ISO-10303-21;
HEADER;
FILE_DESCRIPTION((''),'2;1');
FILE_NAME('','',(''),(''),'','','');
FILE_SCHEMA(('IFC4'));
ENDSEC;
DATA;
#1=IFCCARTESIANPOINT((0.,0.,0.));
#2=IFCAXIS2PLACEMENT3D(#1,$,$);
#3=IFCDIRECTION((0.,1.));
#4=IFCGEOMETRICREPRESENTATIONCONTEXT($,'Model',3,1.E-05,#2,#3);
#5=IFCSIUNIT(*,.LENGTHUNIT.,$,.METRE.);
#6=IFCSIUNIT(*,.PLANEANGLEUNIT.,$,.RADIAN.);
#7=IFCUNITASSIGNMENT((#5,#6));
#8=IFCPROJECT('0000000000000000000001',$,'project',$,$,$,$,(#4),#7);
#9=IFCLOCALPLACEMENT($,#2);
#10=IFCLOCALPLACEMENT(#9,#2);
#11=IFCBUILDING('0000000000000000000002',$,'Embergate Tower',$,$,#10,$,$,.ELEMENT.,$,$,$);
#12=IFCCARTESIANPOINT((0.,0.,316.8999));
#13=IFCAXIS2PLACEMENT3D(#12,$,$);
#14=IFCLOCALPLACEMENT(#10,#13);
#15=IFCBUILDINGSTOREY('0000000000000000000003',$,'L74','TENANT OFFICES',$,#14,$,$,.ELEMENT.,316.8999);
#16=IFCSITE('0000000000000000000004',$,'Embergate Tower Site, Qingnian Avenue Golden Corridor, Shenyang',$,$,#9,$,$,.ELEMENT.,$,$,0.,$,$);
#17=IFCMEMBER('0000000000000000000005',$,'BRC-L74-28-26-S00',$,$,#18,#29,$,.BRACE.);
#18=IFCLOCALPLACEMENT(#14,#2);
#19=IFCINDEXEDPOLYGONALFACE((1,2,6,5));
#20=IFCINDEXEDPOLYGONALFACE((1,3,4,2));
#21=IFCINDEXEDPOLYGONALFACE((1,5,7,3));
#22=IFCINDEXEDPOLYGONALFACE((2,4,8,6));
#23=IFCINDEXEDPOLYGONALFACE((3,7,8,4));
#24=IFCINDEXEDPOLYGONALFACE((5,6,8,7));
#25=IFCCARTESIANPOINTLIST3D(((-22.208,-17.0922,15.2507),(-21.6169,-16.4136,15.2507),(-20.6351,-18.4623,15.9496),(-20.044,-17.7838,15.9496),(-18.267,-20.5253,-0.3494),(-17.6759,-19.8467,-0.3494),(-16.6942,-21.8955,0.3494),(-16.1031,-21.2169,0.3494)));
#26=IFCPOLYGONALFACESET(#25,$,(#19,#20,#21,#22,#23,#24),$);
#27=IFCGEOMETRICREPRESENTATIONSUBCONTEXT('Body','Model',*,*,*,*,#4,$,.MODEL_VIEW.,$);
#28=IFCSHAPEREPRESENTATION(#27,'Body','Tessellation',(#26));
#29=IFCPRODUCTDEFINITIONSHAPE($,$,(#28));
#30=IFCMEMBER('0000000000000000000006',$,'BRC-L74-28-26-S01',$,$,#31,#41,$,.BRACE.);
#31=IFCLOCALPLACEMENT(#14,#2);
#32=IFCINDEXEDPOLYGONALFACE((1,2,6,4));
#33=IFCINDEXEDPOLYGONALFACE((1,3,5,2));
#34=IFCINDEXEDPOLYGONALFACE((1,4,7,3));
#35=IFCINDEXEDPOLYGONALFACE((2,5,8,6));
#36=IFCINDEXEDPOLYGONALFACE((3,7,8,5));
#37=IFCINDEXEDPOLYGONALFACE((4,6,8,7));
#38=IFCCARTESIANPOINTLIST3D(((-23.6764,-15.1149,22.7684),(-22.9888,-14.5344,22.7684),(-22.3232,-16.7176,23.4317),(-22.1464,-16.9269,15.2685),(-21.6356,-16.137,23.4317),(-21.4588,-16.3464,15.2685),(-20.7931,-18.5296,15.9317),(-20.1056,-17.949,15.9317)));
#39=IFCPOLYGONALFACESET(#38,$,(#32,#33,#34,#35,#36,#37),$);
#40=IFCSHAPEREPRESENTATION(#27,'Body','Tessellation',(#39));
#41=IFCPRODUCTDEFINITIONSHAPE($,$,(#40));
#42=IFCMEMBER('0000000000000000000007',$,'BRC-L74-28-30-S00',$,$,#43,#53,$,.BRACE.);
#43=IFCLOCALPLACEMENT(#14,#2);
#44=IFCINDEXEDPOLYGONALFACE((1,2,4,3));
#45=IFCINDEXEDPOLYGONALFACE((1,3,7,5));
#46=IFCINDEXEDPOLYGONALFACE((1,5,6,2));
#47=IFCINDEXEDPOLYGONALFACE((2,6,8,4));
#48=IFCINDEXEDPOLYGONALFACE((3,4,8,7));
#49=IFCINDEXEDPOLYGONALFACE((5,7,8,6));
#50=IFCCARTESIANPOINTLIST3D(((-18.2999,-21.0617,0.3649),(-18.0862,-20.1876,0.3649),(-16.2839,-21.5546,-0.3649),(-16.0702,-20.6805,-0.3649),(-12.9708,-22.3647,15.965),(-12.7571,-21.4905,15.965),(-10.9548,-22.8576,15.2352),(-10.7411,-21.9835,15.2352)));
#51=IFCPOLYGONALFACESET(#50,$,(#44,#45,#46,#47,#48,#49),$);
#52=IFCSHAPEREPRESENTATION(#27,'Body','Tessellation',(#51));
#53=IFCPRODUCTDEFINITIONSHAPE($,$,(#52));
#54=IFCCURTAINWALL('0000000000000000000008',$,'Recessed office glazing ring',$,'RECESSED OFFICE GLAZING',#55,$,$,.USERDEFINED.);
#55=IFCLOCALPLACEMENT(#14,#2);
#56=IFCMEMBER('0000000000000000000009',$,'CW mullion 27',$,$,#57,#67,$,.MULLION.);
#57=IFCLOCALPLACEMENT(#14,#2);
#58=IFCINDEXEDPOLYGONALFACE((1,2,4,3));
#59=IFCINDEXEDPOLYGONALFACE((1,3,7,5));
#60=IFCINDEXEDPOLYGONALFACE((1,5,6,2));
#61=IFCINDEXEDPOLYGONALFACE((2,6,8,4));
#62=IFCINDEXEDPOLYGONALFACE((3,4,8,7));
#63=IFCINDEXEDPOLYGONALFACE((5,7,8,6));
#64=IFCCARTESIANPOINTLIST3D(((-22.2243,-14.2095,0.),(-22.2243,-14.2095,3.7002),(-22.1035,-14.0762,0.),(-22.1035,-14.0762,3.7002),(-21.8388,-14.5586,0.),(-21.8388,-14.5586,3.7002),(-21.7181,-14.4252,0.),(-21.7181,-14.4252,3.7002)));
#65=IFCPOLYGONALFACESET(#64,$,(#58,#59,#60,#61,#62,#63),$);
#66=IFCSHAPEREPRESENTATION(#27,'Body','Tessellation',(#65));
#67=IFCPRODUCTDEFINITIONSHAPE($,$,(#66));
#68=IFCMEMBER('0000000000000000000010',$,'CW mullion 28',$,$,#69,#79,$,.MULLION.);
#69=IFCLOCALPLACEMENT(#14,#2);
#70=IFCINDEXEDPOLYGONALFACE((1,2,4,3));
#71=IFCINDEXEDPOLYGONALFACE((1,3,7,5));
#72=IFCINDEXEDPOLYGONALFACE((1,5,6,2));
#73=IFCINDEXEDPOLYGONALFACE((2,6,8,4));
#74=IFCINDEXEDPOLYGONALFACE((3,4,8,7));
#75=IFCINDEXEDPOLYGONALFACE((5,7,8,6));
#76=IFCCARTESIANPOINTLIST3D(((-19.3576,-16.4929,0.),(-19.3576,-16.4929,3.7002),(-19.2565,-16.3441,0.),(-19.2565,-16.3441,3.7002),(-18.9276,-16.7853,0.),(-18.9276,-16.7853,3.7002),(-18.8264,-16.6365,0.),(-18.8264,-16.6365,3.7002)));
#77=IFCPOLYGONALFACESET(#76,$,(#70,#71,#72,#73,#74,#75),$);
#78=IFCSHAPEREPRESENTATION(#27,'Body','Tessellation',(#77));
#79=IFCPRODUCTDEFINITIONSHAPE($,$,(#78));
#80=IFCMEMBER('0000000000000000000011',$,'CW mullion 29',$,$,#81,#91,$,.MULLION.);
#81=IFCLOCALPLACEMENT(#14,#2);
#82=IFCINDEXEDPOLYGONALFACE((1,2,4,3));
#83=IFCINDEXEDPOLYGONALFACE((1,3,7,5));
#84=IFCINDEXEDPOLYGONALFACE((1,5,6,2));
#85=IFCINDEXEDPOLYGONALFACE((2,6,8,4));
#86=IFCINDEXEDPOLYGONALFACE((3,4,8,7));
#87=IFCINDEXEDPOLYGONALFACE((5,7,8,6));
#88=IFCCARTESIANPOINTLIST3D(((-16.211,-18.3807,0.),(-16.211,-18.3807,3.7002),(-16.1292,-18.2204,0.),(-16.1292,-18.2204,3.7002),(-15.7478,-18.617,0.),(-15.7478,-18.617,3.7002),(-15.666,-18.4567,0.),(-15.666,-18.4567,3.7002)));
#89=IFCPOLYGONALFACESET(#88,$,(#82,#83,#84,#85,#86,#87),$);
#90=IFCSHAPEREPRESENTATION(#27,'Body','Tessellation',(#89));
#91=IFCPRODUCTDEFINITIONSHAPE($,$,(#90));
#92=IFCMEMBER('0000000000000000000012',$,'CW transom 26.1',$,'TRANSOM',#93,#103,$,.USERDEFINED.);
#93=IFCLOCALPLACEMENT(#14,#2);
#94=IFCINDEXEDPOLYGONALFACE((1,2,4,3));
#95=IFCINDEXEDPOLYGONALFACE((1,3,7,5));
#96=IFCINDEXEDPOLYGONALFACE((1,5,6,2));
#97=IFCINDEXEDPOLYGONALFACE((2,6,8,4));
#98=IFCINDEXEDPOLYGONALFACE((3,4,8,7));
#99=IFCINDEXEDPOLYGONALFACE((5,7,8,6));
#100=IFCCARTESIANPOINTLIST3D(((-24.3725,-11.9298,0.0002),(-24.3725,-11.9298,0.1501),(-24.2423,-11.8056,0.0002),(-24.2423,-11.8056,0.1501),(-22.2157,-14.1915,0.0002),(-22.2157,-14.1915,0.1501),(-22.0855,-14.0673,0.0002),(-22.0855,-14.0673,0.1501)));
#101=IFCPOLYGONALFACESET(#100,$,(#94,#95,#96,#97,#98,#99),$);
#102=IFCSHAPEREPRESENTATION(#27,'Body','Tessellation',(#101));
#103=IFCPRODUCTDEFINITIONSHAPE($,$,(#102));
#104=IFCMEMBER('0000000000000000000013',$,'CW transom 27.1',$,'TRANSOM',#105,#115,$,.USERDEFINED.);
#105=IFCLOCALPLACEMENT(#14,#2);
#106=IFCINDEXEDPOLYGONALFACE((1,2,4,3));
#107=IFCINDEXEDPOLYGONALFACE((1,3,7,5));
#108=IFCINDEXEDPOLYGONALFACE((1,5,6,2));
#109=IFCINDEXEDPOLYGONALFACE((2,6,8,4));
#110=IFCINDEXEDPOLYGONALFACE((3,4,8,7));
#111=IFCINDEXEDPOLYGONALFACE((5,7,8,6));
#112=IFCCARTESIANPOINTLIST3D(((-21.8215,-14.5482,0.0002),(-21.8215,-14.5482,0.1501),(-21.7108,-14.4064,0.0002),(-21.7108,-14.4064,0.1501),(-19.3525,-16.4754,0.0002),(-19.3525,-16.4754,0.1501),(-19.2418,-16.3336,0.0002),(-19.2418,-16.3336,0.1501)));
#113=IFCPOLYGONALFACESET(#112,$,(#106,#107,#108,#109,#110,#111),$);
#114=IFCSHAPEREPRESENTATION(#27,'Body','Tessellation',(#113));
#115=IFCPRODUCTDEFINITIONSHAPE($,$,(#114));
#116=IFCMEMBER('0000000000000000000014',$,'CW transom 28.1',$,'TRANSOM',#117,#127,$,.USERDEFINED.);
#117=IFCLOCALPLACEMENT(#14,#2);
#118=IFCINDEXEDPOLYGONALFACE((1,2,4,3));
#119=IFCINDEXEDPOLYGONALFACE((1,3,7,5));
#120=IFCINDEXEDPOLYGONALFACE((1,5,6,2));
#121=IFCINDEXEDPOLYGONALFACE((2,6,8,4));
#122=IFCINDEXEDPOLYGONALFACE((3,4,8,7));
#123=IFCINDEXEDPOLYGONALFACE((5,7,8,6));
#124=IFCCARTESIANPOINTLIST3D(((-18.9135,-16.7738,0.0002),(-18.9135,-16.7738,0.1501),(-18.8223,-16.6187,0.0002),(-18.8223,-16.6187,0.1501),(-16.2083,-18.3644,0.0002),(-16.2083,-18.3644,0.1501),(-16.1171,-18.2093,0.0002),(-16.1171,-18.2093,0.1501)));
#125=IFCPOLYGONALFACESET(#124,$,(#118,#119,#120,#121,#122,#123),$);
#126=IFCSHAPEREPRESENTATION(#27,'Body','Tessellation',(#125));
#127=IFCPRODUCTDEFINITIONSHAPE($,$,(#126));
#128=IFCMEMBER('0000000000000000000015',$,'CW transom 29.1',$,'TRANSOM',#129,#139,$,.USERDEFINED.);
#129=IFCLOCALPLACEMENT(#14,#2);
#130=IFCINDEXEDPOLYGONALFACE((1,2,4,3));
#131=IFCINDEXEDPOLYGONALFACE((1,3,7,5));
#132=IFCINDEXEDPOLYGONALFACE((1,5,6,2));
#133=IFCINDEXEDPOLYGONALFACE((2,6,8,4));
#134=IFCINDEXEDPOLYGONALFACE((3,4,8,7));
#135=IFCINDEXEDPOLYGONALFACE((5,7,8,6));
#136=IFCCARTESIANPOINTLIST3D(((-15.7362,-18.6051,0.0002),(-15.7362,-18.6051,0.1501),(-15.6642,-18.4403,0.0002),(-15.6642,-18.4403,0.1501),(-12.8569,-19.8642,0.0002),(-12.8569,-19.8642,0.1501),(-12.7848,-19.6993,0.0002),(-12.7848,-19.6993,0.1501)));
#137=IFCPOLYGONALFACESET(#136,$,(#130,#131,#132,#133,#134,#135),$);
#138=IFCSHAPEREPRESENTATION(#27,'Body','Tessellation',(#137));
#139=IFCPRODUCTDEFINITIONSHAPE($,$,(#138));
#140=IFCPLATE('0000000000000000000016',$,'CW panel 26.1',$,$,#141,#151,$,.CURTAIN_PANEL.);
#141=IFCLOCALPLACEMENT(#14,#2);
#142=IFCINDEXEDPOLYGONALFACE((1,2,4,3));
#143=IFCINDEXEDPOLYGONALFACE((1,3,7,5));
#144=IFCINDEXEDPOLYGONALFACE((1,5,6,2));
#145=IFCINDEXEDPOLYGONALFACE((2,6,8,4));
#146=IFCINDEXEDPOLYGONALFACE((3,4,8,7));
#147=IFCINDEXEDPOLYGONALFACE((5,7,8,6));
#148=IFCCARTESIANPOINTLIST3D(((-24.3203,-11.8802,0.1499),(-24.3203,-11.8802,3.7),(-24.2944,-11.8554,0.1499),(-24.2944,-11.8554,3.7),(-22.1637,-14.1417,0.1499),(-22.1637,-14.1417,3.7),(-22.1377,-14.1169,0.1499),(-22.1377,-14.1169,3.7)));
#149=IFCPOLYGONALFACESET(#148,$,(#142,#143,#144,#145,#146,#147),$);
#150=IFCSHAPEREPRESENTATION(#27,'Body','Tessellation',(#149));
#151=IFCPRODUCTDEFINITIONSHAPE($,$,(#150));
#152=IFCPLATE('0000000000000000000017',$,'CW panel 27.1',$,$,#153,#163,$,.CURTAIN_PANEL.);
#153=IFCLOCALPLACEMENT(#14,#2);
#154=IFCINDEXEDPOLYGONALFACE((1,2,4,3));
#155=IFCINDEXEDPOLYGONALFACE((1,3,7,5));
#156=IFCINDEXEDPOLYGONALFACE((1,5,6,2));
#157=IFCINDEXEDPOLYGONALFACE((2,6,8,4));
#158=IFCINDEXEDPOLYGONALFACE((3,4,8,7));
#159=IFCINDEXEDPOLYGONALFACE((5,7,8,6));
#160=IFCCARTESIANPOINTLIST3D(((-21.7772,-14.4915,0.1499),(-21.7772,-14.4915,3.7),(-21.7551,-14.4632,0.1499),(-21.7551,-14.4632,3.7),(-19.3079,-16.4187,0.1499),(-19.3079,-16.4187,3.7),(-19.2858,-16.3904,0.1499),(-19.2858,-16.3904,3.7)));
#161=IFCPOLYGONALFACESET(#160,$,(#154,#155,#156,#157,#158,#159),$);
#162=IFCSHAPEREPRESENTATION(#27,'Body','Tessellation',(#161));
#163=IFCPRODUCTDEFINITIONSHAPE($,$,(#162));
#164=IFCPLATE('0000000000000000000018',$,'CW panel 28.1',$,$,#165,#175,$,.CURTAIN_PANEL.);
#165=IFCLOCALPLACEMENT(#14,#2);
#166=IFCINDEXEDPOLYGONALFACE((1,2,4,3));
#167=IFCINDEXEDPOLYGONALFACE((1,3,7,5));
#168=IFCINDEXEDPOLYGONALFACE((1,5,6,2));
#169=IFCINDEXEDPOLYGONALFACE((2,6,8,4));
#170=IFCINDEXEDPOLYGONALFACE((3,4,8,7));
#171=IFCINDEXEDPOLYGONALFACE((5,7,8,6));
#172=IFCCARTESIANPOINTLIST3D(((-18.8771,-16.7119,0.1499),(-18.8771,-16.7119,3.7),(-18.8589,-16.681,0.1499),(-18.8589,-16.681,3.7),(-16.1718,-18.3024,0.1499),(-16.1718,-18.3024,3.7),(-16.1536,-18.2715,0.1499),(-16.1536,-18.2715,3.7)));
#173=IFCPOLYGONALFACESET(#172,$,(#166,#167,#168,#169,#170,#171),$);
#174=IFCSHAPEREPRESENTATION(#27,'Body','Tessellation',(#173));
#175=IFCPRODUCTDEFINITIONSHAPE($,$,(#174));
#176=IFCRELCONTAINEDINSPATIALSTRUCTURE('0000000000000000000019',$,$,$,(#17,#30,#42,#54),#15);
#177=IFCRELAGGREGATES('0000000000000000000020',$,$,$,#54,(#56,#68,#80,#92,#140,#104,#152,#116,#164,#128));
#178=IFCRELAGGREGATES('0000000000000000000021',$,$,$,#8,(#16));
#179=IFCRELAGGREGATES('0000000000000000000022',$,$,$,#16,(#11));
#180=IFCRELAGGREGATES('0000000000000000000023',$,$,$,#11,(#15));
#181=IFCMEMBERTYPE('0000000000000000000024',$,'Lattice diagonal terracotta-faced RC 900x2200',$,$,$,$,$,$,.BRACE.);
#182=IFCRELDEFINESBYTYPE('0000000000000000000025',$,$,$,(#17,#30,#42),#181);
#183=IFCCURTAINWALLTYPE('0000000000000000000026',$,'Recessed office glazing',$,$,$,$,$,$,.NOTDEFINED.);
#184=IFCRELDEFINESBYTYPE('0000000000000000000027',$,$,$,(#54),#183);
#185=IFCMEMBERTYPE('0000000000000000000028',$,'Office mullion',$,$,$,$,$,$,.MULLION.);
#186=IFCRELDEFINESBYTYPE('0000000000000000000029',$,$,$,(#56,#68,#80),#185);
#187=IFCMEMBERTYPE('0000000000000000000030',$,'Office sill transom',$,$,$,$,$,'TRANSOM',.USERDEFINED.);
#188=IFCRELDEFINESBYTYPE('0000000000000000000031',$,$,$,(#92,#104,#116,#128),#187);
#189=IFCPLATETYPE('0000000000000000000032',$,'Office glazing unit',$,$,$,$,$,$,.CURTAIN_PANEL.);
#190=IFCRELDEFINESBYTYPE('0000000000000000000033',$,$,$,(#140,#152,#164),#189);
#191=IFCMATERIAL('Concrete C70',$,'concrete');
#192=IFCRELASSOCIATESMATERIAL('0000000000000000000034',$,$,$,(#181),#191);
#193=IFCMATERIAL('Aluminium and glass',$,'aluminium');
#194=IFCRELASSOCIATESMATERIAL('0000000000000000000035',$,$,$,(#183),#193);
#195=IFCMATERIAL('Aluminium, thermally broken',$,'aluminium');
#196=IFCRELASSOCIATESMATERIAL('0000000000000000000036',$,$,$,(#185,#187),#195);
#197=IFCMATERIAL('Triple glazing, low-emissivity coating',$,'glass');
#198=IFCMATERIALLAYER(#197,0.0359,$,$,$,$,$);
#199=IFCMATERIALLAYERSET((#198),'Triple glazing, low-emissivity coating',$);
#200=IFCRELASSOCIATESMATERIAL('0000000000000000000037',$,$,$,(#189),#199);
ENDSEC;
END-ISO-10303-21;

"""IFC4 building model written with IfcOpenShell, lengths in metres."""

from ifc_helpers import new_model, si_unit, direction, frame, origin, origin_2d, place, context, subcontext, project, spatial, rectangle, extrude, source, transform, mapped, material, layer, layer_set, material_profile, profile_set, type_object, element, aggregate, save


model = new_model("IFC4")

# Units and contexts
model_context = context("Model", 3, precision=1e-05, world=origin(), true_north=direction((0.0, 1.0)))
body_context = subcontext(model_context, "Body", "Model", "MODEL_VIEW")
ifc_project = project(units=[si_unit("LENGTHUNIT", "METRE"), si_unit("PLANEANGLEUNIT", "RADIAN")], contexts=[model_context])

# Site, building, storey
site_placement = place(None, origin())
site = spatial("IfcSite", under=ifc_project, at=site_placement, Name="Embergate Tower Site, Qingnian Avenue Golden Corridor, Shenyang", CompositionType="ELEMENT", RefElevation=0.0)
building_placement = place(site_placement, origin())
building = spatial("IfcBuilding", under=site, at=building_placement, Name="Embergate Tower", CompositionType="ELEMENT")
storey_placement = place(building_placement, frame((0.0, 0.0, 316.8999)))
storey = spatial("IfcBuildingStorey", under=building, at=storey_placement, Name="L74", Description="TENANT OFFICES", CompositionType="ELEMENT", Elevation=316.8999)

# Members
ifc_material_1 = material(Name="Concrete C70", Category="concrete")
ifc_material_profile_1 = material_profile(ifc_material_1, rectangle(XDim=0.8999, YDim=2.2, at=origin_2d()), Name="RC 900x2200")
ifc_profile_set_1 = profile_set([ifc_material_profile_1], Name="Concrete C70")
member_type_1 = type_object("IfcMemberType", Name="Lattice diagonal terracotta-faced RC 900x2200", PredefinedType="BRACE", material=ifc_profile_set_1)
shared_shape_1 = source(origin(), body_context, "Body", "SweptSolid", [
    extrude(rectangle(XDim=0.8999, YDim=2.2, at=origin_2d()), origin(), (0.0, 0.0, 1.0), 16.4524),
])
member_1_placement = place(storey_placement, frame((-17.1851, -20.8711, 0.0), z_axis=(-0.239535, 0.20867, 0.948198), x_axis=(-0.656856, -0.754016, 0.0)))
element("IfcMember", 1, at=member_1_placement, inside=storey, type_object=member_type_1, Name="BRC-L74-28-26-S00", PredefinedType="BRACE", context=body_context, shape_type="MappedRepresentation", body=[
    mapped(shared_shape_1, transform((0.0, 0.0, 0.0))),
])
shared_shape_2 = source(origin(), body_context, "Body", "SweptSolid", [
    extrude(rectangle(XDim=0.8999, YDim=2.2, at=origin_2d()), origin(), (0.0, 0.0, 1.0), 7.866),
])
member_2_placement = place(storey_placement, frame((-21.126, -17.438, 15.6001), z_axis=(-0.194511, 0.230359, 0.953467), x_axis=(-0.764054, -0.645153, 0.0)))
element("IfcMember", 2, at=member_2_placement, inside=storey, type_object=member_type_1, Name="BRC-L74-28-26-S01", PredefinedType="BRACE", context=body_context, shape_type="MappedRepresentation", body=[
    mapped(shared_shape_2, transform((0.0, 0.0, 0.0))),
])
shared_shape_3 = source(origin(), body_context, "Body", "SweptSolid", [
    extrude(rectangle(XDim=0.8999, YDim=2.2, at=origin_2d()), origin(), (0.0, 0.0, 1.0), 16.5366),
])
member_3_placement = place(storey_placement, frame((-17.1851, -20.8711, 0.0), z_axis=(0.32226, -0.078793, 0.943366), x_axis=(0.237506, 0.971386, 0.0)))
element("IfcMember", 3, at=member_3_placement, inside=storey, type_object=member_type_1, Name="BRC-L74-28-30-S00", PredefinedType="BRACE", context=body_context, shape_type="MappedRepresentation", body=[
    mapped(shared_shape_3, transform((0.0, 0.0, 0.0))),
])

# Curtain wall, members, plates
ifc_material_2 = material(Name="Aluminium and glass", Category="aluminium")
curtain_wall_type = type_object("IfcCurtainWallType", Name="Recessed office glazing", PredefinedType="NOTDEFINED", material=ifc_material_2)
curtain_wall_placement = place(storey_placement, origin())
curtain_wall = element("IfcCurtainWall", 4, at=curtain_wall_placement, inside=storey, type_object=curtain_wall_type, Name="Recessed office glazing ring", ObjectType="RECESSED OFFICE GLAZING", PredefinedType="USERDEFINED")
ifc_material_3 = material(Name="Aluminium, thermally broken", Category="aluminium")
ifc_material_profile_2 = material_profile(ifc_material_3, rectangle(XDim=0.1799, YDim=0.52, at=origin_2d()), Name="AL 520x180")
ifc_profile_set_2 = profile_set([ifc_material_profile_2], Name="Aluminium, thermally broken")
member_type_2 = type_object("IfcMemberType", Name="Office mullion", PredefinedType="MULLION", material=ifc_profile_set_2)
shared_shape_4 = source(origin(), body_context, "Body", "SweptSolid", [
    extrude(rectangle(XDim=0.1799, YDim=0.52, at=origin_2d()), origin(), (0.0, 0.0, 1.0), 3.7002),
])
member_4_placement = place(storey_placement, frame((-21.9712, -14.3174, 0.0), z_axis=(0.0, 0.0, 1.0), x_axis=(0.671217, 0.74126, 0.0)))
member_4 = element("IfcMember", 5, at=member_4_placement, type_object=member_type_2, Name="CW mullion 27", PredefinedType="MULLION", context=body_context, shape_type="MappedRepresentation", body=[
    mapped(shared_shape_4, transform((0.0, 0.0, 0.0))),
])
member_5_placement = place(storey_placement, frame((-19.092, -16.5647, 0.0), z_axis=(0.0, 0.0, 1.0), x_axis=(0.56221, 0.826994, 0.0)))
member_5 = element("IfcMember", 6, at=member_5_placement, type_object=member_type_2, Name="CW mullion 28", PredefinedType="MULLION", context=body_context, shape_type="MappedRepresentation", body=[
    mapped(shared_shape_4, transform((0.0, 0.0, 0.0))),
])
member_6_placement = place(storey_placement, frame((-15.9385, -18.4187, 0.0), z_axis=(0.0, 0.0, 1.0), x_axis=(0.454507, 0.890743, 0.0)))
member_6 = element("IfcMember", 7, at=member_6_placement, type_object=member_type_2, Name="CW mullion 29", PredefinedType="MULLION", context=body_context, shape_type="MappedRepresentation", body=[
    mapped(shared_shape_4, transform((0.0, 0.0, 0.0))),
])
ifc_material_profile_3 = material_profile(ifc_material_3, rectangle(XDim=0.1799, YDim=0.1499, at=origin_2d()), Name="AL 150x180")
ifc_profile_set_3 = profile_set([ifc_material_profile_3], Name="Aluminium, thermally broken")
member_type_3 = type_object("IfcMemberType", Name="Office sill transom", ElementType="TRANSOM", PredefinedType="USERDEFINED", material=ifc_profile_set_3)
shared_shape_5 = source(origin(), body_context, "Body", "SweptSolid", [
    extrude(rectangle(XDim=0.1799, YDim=0.1499, at=origin_2d()), origin(), (0.0, 0.0, 1.0), 3.1252),
])
member_7_placement = place(storey_placement, frame((-24.3074, -11.8677, 0.0752), z_axis=(0.690111, -0.723703, 0.0), x_axis=(0.723703, 0.690111, 0.0)))
member_7 = element("IfcMember", 8, at=member_7_placement, type_object=member_type_3, Name="CW transom 26.1", ObjectType="TRANSOM", PredefinedType="USERDEFINED", context=body_context, shape_type="MappedRepresentation", body=[
    mapped(shared_shape_5, transform((0.0, 0.0, 0.0))),
])
shared_shape_6 = source(origin(), body_context, "Body", "SweptSolid", [
    extrude(rectangle(XDim=0.1799, YDim=0.1499, at=origin_2d()), origin(), (0.0, 0.0, 1.0), 3.1321),
])
member_8_placement = place(storey_placement, frame((-21.7661, -14.4773, 0.0752), z_axis=(0.788281, -0.615316, 0.0), x_axis=(0.615316, 0.788281, 0.0)))
member_8 = element("IfcMember", 9, at=member_8_placement, type_object=member_type_3, Name="CW transom 27.1", ObjectType="TRANSOM", PredefinedType="USERDEFINED", context=body_context, shape_type="MappedRepresentation", body=[
    mapped(shared_shape_6, transform((0.0, 0.0, 0.0))),
])
shared_shape_7 = source(origin(), body_context, "Body", "SweptSolid", [
    extrude(rectangle(XDim=0.1799, YDim=0.1499, at=origin_2d()), origin(), (0.0, 0.0, 1.0), 3.1382),
])
member_9_placement = place(storey_placement, frame((-18.8679, -16.6963, 0.0752), z_axis=(0.862044, -0.506833, 0.0), x_axis=(0.506833, 0.862044, 0.0)))
member_9 = element("IfcMember", 10, at=member_9_placement, type_object=member_type_3, Name="CW transom 28.1", ObjectType="TRANSOM", PredefinedType="USERDEFINED", context=body_context, shape_type="MappedRepresentation", body=[
    mapped(shared_shape_7, transform((0.0, 0.0, 0.0))),
])
shared_shape_8 = source(origin(), body_context, "Body", "SweptSolid", [
    extrude(rectangle(XDim=0.1799, YDim=0.1499, at=origin_2d()), origin(), (0.0, 0.0, 1.0), 3.1426),
])
member_10_placement = place(storey_placement, frame((-15.7002, -18.5227, 0.0752), z_axis=(0.916239, -0.400631, 0.0), x_axis=(0.400631, 0.916239, 0.0)))
member_10 = element("IfcMember", 11, at=member_10_placement, type_object=member_type_3, Name="CW transom 29.1", ObjectType="TRANSOM", PredefinedType="USERDEFINED", context=body_context, shape_type="MappedRepresentation", body=[
    mapped(shared_shape_8, transform((0.0, 0.0, 0.0))),
])
ifc_material_4 = material(Name="Triple glazing, low-emissivity coating", Category="glass")
ifc_layer_1 = layer(ifc_material_4, 0.0359)
ifc_layer_set_1 = layer_set([ifc_layer_1], Name="Triple glazing, low-emissivity coating")
plate_type = type_object("IfcPlateType", Name="Office glazing unit", PredefinedType="CURTAIN_PANEL", material=ifc_layer_set_1)
shared_shape_9 = source(origin(), body_context, "Body", "SweptSolid", [
    extrude(rectangle(XDim=3.125, YDim=0.0359, at=origin_2d()), origin(), (0.0, 0.0, 1.0), 3.55),
])
plate_1_placement = place(storey_placement, frame((-23.229, -12.9985, 0.1499), z_axis=(0.0, 0.0, 1.0), x_axis=(0.690134, -0.723682, 0.0)))
plate_1 = element("IfcPlate", 12, at=plate_1_placement, type_object=plate_type, Name="CW panel 26.1", PredefinedType="CURTAIN_PANEL", context=body_context, shape_type="MappedRepresentation", body=[
    mapped(shared_shape_9, transform((0.0, 0.0, 0.0))),
])
shared_shape_10 = source(origin(), body_context, "Body", "SweptSolid", [
    extrude(rectangle(XDim=3.1323, YDim=0.0359, at=origin_2d()), origin(), (0.0, 0.0, 1.0), 3.55),
])
plate_2_placement = place(storey_placement, frame((-20.5315, -15.4409, 0.1499), z_axis=(0.0, 0.0, 1.0), x_axis=(0.788319, -0.615267, 0.0)))
plate_2 = element("IfcPlate", 13, at=plate_2_placement, type_object=plate_type, Name="CW panel 27.1", PredefinedType="CURTAIN_PANEL", context=body_context, shape_type="MappedRepresentation", body=[
    mapped(shared_shape_10, transform((0.0, 0.0, 0.0))),
])
shared_shape_11 = source(origin(), body_context, "Body", "SweptSolid", [
    extrude(rectangle(XDim=3.1382, YDim=0.0359, at=origin_2d()), origin(), (0.0, 0.0, 1.0), 3.55),
])
plate_3_placement = place(storey_placement, frame((-17.5154, -17.4917, 0.1499), z_axis=(0.0, 0.0, 1.0), x_axis=(0.862051, -0.506821, 0.0)))
plate_3 = element("IfcPlate", 14, at=plate_3_placement, type_object=plate_type, Name="CW panel 28.1", PredefinedType="CURTAIN_PANEL", context=body_context, shape_type="MappedRepresentation", body=[
    mapped(shared_shape_11, transform((0.0, 0.0, 0.0))),
])
aggregate(curtain_wall, [member_4, member_5, member_6, member_7, plate_1, member_8, plate_2, member_9, plate_3, member_10])

save(model, "model.ifc")
